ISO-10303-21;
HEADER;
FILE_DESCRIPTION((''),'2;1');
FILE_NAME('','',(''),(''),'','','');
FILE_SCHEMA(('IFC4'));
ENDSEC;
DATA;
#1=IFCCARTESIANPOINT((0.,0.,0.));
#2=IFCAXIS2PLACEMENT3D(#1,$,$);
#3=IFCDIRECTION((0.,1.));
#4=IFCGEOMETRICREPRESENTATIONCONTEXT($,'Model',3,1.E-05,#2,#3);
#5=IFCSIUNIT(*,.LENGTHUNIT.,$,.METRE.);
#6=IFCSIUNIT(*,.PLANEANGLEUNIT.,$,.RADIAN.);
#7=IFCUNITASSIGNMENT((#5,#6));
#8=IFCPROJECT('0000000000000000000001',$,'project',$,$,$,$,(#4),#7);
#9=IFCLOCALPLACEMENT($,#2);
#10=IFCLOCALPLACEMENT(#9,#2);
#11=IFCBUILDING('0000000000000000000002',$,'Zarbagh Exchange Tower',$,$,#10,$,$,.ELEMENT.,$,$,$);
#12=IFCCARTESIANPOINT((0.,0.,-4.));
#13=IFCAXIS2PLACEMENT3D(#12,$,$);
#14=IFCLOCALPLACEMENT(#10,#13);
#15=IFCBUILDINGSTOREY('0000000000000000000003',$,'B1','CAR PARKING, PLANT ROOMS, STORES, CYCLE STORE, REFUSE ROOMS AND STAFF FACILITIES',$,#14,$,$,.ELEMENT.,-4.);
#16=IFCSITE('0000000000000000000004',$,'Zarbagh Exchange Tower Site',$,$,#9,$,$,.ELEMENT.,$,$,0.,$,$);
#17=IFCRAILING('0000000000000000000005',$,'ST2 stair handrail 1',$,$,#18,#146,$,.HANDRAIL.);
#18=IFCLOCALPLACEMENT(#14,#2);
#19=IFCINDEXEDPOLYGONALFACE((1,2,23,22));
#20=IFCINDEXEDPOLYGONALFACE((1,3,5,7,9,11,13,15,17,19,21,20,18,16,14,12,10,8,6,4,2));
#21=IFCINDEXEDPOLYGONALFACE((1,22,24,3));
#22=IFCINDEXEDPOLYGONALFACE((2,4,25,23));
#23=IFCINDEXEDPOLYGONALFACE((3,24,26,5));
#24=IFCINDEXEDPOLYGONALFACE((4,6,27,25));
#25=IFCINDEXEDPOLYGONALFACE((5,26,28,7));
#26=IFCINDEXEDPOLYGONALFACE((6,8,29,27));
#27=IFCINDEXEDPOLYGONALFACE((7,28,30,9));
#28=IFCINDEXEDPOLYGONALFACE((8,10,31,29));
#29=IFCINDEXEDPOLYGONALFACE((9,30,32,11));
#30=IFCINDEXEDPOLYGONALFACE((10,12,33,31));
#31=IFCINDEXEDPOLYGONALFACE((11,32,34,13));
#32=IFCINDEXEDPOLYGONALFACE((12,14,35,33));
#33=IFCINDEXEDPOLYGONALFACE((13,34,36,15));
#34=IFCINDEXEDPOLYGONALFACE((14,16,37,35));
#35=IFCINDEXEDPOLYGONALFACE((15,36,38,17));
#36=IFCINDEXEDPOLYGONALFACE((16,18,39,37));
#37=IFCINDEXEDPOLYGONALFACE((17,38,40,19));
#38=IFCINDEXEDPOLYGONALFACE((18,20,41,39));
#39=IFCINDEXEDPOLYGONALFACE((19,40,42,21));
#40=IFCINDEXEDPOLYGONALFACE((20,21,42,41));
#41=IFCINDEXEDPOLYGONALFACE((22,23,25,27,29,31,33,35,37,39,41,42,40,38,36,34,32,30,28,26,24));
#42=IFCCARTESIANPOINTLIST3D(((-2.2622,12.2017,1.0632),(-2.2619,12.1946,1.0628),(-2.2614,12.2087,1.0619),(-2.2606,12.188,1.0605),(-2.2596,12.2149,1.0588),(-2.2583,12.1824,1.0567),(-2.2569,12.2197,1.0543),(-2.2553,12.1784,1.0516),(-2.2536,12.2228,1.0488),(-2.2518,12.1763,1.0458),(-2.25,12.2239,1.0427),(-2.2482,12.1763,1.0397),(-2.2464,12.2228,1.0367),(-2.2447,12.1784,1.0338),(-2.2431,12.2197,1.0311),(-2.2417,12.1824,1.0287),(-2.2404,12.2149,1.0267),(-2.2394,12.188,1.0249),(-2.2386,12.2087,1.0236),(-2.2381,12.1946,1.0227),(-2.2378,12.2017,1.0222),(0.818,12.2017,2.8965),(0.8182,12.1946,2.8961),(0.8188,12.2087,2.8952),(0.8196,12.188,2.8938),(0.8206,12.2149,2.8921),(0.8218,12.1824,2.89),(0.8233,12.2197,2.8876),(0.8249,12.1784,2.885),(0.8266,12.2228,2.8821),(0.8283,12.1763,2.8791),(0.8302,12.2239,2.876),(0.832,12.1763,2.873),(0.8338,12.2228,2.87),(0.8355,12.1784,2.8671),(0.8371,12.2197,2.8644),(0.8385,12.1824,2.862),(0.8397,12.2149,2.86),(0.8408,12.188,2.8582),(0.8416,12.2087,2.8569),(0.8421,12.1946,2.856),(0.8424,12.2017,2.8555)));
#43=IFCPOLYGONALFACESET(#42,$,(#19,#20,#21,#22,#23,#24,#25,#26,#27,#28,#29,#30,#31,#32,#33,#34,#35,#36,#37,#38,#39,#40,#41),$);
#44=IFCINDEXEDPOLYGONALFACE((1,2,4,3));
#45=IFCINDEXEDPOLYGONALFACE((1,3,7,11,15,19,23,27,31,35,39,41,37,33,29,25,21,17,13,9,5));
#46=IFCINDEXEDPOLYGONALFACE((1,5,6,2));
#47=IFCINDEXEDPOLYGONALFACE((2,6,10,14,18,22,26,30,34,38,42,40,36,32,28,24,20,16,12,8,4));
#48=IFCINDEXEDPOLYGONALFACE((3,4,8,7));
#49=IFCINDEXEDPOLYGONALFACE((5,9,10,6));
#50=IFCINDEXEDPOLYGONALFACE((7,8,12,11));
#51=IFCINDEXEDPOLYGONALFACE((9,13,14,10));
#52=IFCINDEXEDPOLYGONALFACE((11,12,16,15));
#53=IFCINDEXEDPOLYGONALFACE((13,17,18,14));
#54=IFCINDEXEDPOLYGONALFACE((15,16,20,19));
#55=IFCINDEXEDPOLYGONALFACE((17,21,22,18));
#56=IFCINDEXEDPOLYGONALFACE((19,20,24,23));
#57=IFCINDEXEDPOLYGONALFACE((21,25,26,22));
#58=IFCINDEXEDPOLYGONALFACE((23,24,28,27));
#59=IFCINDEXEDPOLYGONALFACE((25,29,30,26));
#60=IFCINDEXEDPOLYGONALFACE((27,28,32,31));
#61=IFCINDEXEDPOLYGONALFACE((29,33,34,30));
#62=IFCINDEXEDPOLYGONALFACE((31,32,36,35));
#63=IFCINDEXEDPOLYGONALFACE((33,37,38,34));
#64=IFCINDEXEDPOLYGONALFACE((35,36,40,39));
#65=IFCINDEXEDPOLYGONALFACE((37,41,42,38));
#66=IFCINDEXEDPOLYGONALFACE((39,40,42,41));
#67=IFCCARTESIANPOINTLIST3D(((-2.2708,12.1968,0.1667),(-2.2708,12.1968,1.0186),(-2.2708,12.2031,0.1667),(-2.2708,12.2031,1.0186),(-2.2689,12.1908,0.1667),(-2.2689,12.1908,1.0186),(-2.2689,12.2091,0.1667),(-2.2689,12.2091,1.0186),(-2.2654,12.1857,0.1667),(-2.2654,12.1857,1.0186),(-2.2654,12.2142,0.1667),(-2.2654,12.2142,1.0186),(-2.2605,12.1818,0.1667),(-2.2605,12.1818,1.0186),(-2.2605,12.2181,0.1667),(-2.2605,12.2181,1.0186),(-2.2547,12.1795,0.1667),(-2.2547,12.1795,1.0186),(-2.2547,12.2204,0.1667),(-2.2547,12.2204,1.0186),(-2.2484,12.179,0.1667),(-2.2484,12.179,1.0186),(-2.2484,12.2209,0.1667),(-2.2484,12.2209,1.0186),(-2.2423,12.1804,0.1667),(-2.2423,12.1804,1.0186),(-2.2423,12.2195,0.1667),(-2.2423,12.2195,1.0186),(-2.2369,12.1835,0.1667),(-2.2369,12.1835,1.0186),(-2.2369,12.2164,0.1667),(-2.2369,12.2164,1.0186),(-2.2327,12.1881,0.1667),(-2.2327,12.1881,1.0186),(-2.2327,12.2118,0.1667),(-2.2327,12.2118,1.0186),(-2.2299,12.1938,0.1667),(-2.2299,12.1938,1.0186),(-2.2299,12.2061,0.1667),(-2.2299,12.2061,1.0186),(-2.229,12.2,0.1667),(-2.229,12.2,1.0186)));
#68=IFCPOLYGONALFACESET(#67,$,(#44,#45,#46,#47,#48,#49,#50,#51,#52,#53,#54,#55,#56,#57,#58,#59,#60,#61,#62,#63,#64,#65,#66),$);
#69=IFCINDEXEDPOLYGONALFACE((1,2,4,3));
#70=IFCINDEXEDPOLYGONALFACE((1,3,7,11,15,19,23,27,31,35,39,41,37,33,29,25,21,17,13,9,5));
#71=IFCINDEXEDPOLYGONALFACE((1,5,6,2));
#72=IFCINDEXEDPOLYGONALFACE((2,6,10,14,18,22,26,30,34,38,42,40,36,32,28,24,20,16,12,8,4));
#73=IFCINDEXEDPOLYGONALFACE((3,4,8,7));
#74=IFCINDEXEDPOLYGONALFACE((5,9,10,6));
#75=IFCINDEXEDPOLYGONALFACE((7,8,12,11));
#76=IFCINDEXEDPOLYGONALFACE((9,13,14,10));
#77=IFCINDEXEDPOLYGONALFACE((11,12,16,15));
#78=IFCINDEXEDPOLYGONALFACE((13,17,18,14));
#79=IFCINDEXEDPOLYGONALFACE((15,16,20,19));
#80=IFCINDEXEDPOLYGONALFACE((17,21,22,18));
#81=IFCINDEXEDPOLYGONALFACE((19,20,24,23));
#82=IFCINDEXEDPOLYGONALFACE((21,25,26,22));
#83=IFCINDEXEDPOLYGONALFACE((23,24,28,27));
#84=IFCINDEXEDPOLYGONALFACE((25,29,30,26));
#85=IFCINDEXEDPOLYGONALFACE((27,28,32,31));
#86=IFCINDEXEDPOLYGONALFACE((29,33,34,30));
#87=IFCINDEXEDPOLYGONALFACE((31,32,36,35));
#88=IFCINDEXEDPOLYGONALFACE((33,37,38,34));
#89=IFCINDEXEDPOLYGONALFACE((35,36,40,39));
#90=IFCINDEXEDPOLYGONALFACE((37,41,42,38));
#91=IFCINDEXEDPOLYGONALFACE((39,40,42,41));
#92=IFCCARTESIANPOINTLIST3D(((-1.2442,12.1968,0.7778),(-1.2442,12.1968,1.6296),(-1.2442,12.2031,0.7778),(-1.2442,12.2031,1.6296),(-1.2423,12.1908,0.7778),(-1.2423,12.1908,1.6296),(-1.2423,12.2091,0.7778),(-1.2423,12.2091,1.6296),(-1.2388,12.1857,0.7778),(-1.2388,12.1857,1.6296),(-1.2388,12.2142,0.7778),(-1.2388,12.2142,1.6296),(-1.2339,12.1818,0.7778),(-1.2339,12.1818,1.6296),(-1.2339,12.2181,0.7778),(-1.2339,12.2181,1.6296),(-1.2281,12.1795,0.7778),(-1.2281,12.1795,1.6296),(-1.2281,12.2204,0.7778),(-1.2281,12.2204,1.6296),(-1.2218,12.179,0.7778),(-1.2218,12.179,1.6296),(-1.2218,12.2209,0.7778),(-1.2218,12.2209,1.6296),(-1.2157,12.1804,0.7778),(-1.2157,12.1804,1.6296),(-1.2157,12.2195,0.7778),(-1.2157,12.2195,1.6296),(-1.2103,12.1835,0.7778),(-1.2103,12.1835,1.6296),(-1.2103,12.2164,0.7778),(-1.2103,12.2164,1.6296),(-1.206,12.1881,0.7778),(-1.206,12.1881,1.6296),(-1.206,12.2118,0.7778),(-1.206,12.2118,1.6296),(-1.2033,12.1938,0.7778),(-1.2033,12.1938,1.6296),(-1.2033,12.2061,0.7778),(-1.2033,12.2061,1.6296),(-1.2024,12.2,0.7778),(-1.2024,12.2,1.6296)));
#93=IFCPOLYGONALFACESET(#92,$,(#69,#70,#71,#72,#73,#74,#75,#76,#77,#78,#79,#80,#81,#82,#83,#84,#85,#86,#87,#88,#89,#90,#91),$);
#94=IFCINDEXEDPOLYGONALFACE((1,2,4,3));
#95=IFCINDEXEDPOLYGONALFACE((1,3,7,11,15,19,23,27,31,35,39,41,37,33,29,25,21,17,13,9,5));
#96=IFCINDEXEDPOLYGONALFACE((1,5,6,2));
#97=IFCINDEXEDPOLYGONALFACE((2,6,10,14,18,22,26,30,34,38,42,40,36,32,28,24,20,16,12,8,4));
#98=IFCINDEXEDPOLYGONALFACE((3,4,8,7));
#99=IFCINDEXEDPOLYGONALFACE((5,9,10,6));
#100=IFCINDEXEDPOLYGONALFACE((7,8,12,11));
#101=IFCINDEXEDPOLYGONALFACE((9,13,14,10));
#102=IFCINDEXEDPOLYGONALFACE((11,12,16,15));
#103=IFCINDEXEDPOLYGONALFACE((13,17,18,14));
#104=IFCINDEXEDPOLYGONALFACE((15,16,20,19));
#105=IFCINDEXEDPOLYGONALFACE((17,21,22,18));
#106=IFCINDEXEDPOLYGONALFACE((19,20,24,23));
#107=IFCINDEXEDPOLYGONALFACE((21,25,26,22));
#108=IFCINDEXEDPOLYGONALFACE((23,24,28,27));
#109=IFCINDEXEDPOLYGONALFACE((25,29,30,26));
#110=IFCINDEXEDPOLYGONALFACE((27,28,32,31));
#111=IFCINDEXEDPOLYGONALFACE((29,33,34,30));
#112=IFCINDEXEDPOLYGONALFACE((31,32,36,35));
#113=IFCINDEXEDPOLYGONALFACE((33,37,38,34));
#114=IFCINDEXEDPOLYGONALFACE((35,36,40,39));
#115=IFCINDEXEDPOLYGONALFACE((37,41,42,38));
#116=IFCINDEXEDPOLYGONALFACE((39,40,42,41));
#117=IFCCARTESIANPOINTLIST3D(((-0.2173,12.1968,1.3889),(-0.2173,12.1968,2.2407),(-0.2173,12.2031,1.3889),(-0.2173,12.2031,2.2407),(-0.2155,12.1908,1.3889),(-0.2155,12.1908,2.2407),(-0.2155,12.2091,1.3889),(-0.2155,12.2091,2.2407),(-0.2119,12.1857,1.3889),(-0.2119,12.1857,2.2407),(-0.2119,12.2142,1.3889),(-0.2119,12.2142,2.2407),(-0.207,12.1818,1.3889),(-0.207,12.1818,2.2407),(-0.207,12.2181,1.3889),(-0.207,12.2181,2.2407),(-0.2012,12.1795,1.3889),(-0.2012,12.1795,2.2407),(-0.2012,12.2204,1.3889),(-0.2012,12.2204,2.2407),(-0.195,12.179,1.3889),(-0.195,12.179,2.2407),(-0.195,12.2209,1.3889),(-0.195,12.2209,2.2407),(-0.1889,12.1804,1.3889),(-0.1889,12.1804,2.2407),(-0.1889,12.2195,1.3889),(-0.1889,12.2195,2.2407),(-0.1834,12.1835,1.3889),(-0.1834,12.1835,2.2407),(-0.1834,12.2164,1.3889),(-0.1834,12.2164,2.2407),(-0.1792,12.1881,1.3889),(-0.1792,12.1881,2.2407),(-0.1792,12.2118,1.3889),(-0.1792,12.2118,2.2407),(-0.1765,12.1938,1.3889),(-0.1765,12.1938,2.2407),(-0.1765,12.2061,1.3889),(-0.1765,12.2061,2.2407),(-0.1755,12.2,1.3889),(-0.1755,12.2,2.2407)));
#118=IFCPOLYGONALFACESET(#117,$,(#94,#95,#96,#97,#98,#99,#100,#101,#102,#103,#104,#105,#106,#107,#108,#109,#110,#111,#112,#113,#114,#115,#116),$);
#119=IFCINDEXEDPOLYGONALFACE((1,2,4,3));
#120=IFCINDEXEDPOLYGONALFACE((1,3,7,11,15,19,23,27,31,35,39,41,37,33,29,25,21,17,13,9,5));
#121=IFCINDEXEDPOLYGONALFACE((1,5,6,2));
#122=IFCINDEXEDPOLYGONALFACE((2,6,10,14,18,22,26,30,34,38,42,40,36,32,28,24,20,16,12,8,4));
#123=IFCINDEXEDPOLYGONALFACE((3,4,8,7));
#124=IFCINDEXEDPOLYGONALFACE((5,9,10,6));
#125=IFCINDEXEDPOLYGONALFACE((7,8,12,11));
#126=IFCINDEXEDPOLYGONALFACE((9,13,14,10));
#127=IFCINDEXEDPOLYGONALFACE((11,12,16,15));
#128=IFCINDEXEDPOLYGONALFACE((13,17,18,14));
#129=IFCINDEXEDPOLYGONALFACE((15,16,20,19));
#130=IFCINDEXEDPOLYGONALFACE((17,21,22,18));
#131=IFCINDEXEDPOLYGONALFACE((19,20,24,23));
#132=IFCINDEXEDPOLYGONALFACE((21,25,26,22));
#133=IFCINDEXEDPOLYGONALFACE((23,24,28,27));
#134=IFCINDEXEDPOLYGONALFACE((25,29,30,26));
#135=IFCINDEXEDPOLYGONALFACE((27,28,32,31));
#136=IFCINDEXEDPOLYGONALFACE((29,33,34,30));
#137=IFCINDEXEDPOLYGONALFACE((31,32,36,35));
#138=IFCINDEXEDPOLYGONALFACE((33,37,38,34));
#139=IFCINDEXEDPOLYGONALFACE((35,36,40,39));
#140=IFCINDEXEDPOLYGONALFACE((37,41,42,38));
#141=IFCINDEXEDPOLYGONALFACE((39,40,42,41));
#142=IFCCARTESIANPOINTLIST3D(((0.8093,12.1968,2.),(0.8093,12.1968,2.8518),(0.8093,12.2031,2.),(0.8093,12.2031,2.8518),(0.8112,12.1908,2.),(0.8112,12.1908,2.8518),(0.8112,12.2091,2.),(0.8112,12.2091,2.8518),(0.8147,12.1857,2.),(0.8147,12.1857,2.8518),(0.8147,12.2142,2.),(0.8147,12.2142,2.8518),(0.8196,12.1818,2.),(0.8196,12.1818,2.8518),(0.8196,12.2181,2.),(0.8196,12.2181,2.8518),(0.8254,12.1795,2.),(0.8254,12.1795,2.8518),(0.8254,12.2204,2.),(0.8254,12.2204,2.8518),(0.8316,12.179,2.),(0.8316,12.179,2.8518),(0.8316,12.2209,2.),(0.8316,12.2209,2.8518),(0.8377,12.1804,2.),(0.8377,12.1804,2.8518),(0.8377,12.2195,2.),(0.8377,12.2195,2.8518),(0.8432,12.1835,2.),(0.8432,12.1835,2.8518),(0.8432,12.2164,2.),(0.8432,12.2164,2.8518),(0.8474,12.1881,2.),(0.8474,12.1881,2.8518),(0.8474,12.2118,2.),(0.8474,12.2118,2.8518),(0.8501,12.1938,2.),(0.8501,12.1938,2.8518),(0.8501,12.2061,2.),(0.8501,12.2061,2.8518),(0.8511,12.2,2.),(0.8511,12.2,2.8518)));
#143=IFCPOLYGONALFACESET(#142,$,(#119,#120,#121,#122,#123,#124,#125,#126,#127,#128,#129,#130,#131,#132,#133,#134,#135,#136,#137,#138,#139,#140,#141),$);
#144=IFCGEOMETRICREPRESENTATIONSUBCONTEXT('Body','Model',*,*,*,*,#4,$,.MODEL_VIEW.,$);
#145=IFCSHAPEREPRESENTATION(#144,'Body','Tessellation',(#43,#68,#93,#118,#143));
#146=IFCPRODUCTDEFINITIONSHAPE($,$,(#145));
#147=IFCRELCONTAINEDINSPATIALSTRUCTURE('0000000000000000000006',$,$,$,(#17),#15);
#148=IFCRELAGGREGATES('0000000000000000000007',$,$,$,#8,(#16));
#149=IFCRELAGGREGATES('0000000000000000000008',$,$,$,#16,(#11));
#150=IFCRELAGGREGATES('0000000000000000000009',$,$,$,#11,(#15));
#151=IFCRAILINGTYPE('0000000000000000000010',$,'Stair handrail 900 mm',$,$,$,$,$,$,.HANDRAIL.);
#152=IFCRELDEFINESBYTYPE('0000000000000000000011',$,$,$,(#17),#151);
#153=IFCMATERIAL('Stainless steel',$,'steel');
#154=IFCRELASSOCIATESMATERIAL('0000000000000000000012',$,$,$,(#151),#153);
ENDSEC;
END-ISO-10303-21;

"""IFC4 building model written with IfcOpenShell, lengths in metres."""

from ifc_helpers import new_model, si_unit, direction, frame, origin, origin_2d, place, context, subcontext, project, spatial, circle, extrude, material, type_object, element, save


model = new_model("IFC4")

# Units and contexts
model_context = context("Model", 3, precision=1e-05, world=origin(), true_north=direction((0.0, 1.0)))
body_context = subcontext(model_context, "Body", "Model", "MODEL_VIEW")
ifc_project = project(units=[si_unit("LENGTHUNIT", "METRE"), si_unit("PLANEANGLEUNIT", "RADIAN")], contexts=[model_context])

# Site, building, storey
site_placement = place(None, origin())
site = spatial("IfcSite", under=ifc_project, at=site_placement, Name="Zarbagh Exchange Tower Site", CompositionType="ELEMENT", RefElevation=0.0)
building_placement = place(site_placement, origin())
building = spatial("IfcBuilding", under=site, at=building_placement, Name="Zarbagh Exchange Tower", CompositionType="ELEMENT")
storey_placement = place(building_placement, frame((0.0, 0.0, -4.0)))
storey = spatial("IfcBuildingStorey", under=building, at=storey_placement, Name="B1", Description="CAR PARKING, PLANT ROOMS, STORES, CYCLE STORE, REFUSE ROOMS AND STAFF FACILITIES", CompositionType="ELEMENT", Elevation=-4.0)

# Railing
ifc_material_1 = material(Name="Stainless steel", Category="steel")
railing_type = type_object("IfcRailingType", Name="Stair handrail 900 mm", PredefinedType="HANDRAIL", material=ifc_material_1)
railing_placement = place(storey_placement, frame((-2.25, 12.2, 0.1667)))
element("IfcRailing", 1, at=railing_placement, inside=storey, type_object=railing_type, Name="ST2 stair handrail 1", PredefinedType="HANDRAIL", context=body_context, shape_type="SweptSolid", body=[
    extrude(circle(Radius=0.0239, at=origin_2d()), frame((0.0, 0.0, 0.876), z_axis=(0.859309, 0.0, 0.511458), x_axis=(0.0, 1.0, 0.0)), (0.0, 0.0, 1.0), 3.5845),
    extrude(circle(Radius=0.021, at=origin_2d()), origin(), (0.0, 0.0, 1.0), 0.8518),
    extrude(circle(Radius=0.021, at=origin_2d()), frame((1.0266, 0.0, 0.6111)), (0.0, 0.0, 1.0), 0.8518),
    extrude(circle(Radius=0.021, at=origin_2d()), frame((2.0535, 0.0, 1.2222)), (0.0, 0.0, 1.0), 0.8518),
    extrude(circle(Radius=0.021, at=origin_2d()), frame((3.0801, 0.0, 1.8333)), (0.0, 0.0, 1.0), 0.8518),
])

save(model, "model.ifc")
